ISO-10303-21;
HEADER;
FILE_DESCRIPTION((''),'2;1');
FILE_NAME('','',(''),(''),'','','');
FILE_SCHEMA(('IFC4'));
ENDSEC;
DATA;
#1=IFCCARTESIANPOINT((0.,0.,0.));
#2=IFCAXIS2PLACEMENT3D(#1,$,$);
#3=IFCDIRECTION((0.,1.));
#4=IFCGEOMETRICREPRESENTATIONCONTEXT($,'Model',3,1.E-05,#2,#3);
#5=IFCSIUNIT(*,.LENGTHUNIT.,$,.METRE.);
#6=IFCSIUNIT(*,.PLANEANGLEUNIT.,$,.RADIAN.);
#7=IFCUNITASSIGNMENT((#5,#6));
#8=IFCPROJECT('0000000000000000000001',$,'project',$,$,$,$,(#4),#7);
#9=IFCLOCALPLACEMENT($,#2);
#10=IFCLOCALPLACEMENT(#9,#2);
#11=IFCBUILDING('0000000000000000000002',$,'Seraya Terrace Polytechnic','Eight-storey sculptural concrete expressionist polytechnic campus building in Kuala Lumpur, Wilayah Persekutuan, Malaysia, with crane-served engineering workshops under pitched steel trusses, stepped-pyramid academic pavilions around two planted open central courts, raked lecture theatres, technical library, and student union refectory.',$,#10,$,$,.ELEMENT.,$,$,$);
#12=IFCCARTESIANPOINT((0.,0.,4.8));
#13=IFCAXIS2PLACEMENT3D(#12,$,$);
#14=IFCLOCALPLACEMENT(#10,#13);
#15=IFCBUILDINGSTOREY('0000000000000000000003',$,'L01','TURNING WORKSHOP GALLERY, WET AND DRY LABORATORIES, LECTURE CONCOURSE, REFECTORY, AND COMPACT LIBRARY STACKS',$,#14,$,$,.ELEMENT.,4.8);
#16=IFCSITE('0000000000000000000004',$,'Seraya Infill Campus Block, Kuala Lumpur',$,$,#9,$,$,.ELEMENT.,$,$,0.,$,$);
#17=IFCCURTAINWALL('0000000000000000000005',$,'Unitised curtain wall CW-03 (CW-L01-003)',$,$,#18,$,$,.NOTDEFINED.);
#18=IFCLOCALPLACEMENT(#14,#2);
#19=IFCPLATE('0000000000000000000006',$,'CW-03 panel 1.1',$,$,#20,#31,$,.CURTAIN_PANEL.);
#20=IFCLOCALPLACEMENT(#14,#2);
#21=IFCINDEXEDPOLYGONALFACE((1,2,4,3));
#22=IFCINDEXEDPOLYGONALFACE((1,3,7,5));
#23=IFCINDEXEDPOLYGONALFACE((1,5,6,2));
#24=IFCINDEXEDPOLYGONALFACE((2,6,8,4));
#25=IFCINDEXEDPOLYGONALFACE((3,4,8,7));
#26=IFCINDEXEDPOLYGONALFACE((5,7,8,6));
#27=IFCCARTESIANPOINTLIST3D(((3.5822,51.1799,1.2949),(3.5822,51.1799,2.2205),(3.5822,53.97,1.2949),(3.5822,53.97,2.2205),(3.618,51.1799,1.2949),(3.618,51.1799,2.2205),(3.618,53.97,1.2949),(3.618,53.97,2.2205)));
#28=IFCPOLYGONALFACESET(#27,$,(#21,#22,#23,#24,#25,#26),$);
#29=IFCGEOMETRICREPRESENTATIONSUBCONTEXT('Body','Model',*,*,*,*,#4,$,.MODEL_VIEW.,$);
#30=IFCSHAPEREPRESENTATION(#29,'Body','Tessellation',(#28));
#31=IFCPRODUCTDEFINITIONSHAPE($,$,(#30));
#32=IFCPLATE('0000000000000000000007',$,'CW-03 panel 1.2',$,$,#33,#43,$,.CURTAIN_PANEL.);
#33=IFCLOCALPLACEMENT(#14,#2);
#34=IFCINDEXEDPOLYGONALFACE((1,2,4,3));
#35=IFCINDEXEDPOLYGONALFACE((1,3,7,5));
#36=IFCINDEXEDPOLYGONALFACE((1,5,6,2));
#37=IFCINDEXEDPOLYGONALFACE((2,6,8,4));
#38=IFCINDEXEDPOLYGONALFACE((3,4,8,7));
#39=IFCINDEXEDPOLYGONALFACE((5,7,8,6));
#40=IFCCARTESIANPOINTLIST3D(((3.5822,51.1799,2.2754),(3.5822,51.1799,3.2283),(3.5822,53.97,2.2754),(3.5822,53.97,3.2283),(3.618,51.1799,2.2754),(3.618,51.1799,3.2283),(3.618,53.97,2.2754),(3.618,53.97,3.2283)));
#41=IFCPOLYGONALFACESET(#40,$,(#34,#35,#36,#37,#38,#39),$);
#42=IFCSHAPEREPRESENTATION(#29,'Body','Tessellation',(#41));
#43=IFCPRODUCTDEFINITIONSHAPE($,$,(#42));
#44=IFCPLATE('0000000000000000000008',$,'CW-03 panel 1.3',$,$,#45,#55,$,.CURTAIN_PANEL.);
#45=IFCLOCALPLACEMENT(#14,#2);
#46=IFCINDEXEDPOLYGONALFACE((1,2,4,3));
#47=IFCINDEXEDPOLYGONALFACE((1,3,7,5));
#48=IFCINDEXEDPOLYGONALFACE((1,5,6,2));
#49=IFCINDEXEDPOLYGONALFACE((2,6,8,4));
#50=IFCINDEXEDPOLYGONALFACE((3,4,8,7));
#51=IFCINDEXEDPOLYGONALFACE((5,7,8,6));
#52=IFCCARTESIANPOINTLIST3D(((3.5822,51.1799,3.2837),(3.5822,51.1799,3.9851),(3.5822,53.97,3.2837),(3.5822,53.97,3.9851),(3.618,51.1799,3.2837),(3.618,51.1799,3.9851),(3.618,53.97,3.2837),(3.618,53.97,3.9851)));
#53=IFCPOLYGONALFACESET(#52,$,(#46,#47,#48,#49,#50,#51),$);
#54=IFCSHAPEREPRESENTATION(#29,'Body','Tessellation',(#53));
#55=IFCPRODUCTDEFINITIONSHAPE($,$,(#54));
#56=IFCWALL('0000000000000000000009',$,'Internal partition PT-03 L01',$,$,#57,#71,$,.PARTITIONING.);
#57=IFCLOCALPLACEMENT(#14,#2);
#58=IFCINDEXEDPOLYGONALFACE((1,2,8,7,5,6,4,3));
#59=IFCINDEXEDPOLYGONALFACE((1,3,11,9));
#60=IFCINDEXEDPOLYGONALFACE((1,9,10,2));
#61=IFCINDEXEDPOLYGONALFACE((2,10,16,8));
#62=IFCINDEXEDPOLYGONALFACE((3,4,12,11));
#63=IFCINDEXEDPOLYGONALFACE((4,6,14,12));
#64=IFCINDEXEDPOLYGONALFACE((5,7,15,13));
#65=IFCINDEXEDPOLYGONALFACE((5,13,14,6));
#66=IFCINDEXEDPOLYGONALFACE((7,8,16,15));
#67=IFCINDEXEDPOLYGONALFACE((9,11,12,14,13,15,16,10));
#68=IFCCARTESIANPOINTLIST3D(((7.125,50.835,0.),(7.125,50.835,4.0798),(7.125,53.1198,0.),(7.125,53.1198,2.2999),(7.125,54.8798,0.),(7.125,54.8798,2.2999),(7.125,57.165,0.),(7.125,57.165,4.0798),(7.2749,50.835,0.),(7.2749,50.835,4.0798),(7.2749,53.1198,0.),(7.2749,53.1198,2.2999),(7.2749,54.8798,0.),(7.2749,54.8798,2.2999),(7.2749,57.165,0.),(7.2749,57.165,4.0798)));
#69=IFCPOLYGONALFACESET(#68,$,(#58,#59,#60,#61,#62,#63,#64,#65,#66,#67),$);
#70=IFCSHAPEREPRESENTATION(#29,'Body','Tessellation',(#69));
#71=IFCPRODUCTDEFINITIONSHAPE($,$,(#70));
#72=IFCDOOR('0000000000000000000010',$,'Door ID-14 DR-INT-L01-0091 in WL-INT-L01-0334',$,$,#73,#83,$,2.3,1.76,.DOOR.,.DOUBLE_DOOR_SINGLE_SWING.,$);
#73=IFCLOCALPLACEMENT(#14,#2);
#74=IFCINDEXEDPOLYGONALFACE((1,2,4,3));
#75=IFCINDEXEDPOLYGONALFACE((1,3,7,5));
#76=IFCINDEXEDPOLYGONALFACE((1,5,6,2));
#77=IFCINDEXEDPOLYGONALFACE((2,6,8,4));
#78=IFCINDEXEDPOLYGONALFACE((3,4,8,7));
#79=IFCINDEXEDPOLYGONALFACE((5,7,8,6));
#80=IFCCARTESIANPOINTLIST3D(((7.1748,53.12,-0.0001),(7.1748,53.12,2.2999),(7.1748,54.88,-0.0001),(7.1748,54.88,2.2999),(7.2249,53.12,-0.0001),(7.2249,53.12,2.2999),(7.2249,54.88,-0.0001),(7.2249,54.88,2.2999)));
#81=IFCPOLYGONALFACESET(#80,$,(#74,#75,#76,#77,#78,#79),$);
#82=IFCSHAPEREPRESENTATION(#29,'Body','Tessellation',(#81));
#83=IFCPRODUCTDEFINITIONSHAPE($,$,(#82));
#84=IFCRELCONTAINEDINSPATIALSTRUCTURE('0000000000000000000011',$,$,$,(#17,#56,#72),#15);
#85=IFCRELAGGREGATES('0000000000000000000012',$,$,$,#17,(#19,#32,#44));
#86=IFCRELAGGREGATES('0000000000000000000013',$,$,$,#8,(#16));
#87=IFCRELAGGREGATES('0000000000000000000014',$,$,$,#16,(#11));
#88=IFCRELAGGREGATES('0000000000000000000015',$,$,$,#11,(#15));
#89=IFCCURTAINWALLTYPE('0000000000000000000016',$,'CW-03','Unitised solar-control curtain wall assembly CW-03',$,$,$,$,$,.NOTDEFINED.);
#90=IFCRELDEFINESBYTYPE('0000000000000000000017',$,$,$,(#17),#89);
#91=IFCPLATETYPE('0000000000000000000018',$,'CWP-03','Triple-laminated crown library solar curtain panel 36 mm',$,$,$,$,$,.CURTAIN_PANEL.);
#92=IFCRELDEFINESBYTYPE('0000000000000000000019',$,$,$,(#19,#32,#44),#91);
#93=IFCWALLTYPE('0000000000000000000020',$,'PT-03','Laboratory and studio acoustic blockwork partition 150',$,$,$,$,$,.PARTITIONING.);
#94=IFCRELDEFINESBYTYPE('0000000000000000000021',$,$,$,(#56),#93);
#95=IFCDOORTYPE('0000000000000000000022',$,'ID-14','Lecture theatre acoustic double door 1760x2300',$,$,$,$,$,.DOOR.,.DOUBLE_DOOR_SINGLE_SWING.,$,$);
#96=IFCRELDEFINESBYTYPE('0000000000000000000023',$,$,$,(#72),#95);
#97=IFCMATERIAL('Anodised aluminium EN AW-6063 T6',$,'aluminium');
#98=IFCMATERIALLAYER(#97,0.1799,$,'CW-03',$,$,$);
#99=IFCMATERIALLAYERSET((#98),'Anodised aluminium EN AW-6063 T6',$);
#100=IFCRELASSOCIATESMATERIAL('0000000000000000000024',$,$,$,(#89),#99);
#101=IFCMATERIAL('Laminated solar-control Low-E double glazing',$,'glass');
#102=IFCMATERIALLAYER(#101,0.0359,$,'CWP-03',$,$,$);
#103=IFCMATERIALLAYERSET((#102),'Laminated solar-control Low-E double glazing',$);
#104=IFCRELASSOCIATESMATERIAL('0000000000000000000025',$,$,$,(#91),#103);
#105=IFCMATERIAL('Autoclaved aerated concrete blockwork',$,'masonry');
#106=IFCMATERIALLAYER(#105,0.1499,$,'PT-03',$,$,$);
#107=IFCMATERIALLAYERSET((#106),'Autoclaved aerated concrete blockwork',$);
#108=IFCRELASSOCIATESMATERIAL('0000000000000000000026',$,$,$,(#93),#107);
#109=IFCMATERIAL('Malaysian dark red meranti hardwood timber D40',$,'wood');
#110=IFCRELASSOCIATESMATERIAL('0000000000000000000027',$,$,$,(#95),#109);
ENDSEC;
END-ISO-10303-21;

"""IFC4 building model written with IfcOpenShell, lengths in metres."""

from ifc_helpers import new_model, si_unit, direction, frame, frame_2d, origin, origin_2d, place, context, subcontext, project, spatial, rectangle, extrude, material, layer, layer_set, type_object, element, fill, aggregate, save


model = new_model("IFC4")

# Units and contexts
model_context = context("Model", 3, precision=1e-05, world=origin(), true_north=direction((0.0, 1.0)))
body_context = subcontext(model_context, "Body", "Model", "MODEL_VIEW")
ifc_project = project(units=[si_unit("LENGTHUNIT", "METRE"), si_unit("PLANEANGLEUNIT", "RADIAN")], contexts=[model_context])

# Site, building, storey
site_placement = place(None, origin())
site = spatial("IfcSite", under=ifc_project, at=site_placement, Name="Seraya Infill Campus Block, Kuala Lumpur", CompositionType="ELEMENT", RefElevation=0.0)
building_placement = place(site_placement, origin())
building = spatial("IfcBuilding", under=site, at=building_placement, Name="Seraya Terrace Polytechnic", Description="Eight-storey sculptural concrete expressionist polytechnic campus building in Kuala Lumpur, Wilayah Persekutuan, Malaysia, with crane-served engineering workshops under pitched steel trusses, stepped-pyramid academic pavilions around two planted open central courts, raked lecture theatres, technical library, and student union refectory.", CompositionType="ELEMENT")
storey_placement = place(building_placement, frame((0.0, 0.0, 4.8)))
storey = spatial("IfcBuildingStorey", under=building, at=storey_placement, Name="L01", Description="TURNING WORKSHOP GALLERY, WET AND DRY LABORATORIES, LECTURE CONCOURSE, REFECTORY, AND COMPACT LIBRARY STACKS", CompositionType="ELEMENT", Elevation=4.8)

# Curtain wall
ifc_material_1 = material(Name="Anodised aluminium EN AW-6063 T6", Category="aluminium")
ifc_layer_1 = layer(ifc_material_1, 0.1799, Name="CW-03")
ifc_layer_set_1 = layer_set([ifc_layer_1], Name="Anodised aluminium EN AW-6063 T6")
curtain_wall_type = type_object("IfcCurtainWallType", Name="CW-03", Description="Unitised solar-control curtain wall assembly CW-03", PredefinedType="NOTDEFINED", material=ifc_layer_set_1)
curtain_wall_placement = place(storey_placement, origin())
curtain_wall = element("IfcCurtainWall", 1, at=curtain_wall_placement, inside=storey, type_object=curtain_wall_type, Name="Unitised curtain wall CW-03 (CW-L01-003)", PredefinedType="NOTDEFINED")

# Plates
ifc_material_2 = material(Name="Laminated solar-control Low-E double glazing", Category="glass")
ifc_layer_2 = layer(ifc_material_2, 0.0359, Name="CWP-03")
ifc_layer_set_2 = layer_set([ifc_layer_2], Name="Laminated solar-control Low-E double glazing")
plate_type = type_object("IfcPlateType", Name="CWP-03", Description="Triple-laminated crown library solar curtain panel 36 mm", PredefinedType="CURTAIN_PANEL", material=ifc_layer_set_2)
plate_1_placement = place(storey_placement, frame((3.6001, 52.575, 1.2949), z_axis=(0.0, 0.0, 1.0), x_axis=(0.0, 1.0, 0.0)))
plate_1 = element("IfcPlate", 2, at=plate_1_placement, type_object=plate_type, Name="CW-03 panel 1.1", PredefinedType="CURTAIN_PANEL", context=body_context, shape_type="SweptSolid", body=[
    extrude(rectangle(XDim=2.79, YDim=0.0359, at=origin_2d()), origin(), (0.0, 0.0, 1.0), 0.9255),
])
plate_2_placement = place(storey_placement, frame((3.6001, 52.575, 2.2754), z_axis=(0.0, 0.0, 1.0), x_axis=(0.0, 1.0, 0.0)))
plate_2 = element("IfcPlate", 3, at=plate_2_placement, type_object=plate_type, Name="CW-03 panel 1.2", PredefinedType="CURTAIN_PANEL", context=body_context, shape_type="SweptSolid", body=[
    extrude(rectangle(XDim=2.79, YDim=0.0359, at=origin_2d()), origin(), (0.0, 0.0, 1.0), 0.9529),
])
plate_3_placement = place(storey_placement, frame((3.6001, 52.575, 3.2837), z_axis=(0.0, 0.0, 1.0), x_axis=(0.0, 1.0, 0.0)))
plate_3 = element("IfcPlate", 4, at=plate_3_placement, type_object=plate_type, Name="CW-03 panel 1.3", PredefinedType="CURTAIN_PANEL", context=body_context, shape_type="SweptSolid", body=[
    extrude(rectangle(XDim=2.79, YDim=0.0359, at=origin_2d()), origin(), (0.0, 0.0, 1.0), 0.7014),
])
aggregate(curtain_wall, [plate_1, plate_2, plate_3])

# Wall, opening, door
ifc_material_3 = material(Name="Autoclaved aerated concrete blockwork", Category="masonry")
ifc_layer_3 = layer(ifc_material_3, 0.1499, Name="PT-03")
ifc_layer_set_3 = layer_set([ifc_layer_3], Name="Autoclaved aerated concrete blockwork")
wall_type = type_object("IfcWallType", Name="PT-03", Description="Laboratory and studio acoustic blockwork partition 150", PredefinedType="PARTITIONING", material=ifc_layer_set_3)
wall_placement = place(storey_placement, frame((7.2, 50.835, 0.0), z_axis=(0.0, 0.0, 1.0), x_axis=(0.0, 1.0, 0.0)))
wall = element("IfcWall", 5, at=wall_placement, inside=storey, type_object=wall_type, Name="Internal partition PT-03 L01", PredefinedType="PARTITIONING", context=body_context, shape_type="SweptSolid", body=[
    extrude(rectangle(XDim=6.3301, YDim=0.1499, at=frame_2d((3.165, 0.0))), origin(), (0.0, 0.0, 1.0), 4.0798),
])
opening_placement = place(wall_placement, frame((2.2849, 0.0, 0.0)))
opening = element("IfcOpeningElement", 6, at=opening_placement, cuts=wall, PredefinedType="OPENING", context=body_context, shape_type="SweptSolid", body=[
    extrude(rectangle(XDim=1.76, YDim=2.3, at=frame_2d((0.8799, 1.1499))), frame((0.0, 0.0869, 0.0), z_axis=(0.0, -1.0, 0.0), x_axis=(1.0, 0.0, 0.0)), (0.0, 0.0, 1.0), 0.1738),
])
ifc_material_4 = material(Name="Malaysian dark red meranti hardwood timber D40", Category="wood")
door_type = type_object("IfcDoorType", Name="ID-14", Description="Lecture theatre acoustic double door 1760x2300", OperationType="DOUBLE_DOOR_SINGLE_SWING", PredefinedType="DOOR", material=ifc_material_4)
door_placement = place(opening_placement, frame((1.76, 0.0, 0.0), z_axis=(0.0, 0.0, 1.0), x_axis=(-1.0, 0.0, 0.0)))
door = element("IfcDoor", 7, at=door_placement, inside=storey, type_object=door_type, Name="Door ID-14 DR-INT-L01-0091 in WL-INT-L01-0334", OperationType="DOUBLE_DOOR_SINGLE_SWING", OverallHeight=2.3, OverallWidth=1.76, PredefinedType="DOOR", context=body_context, shape_type="SweptSolid", body=[
    extrude(rectangle(XDim=1.76, YDim=2.3, at=frame_2d((0.8799, 1.1499))), frame((0.0, 0.0249, 0.0), z_axis=(0.0, -1.0, 0.0), x_axis=(1.0, 0.0, 0.0)), (0.0, 0.0, 1.0), 0.05),
])
fill(opening, door)

save(model, "model.ifc")
